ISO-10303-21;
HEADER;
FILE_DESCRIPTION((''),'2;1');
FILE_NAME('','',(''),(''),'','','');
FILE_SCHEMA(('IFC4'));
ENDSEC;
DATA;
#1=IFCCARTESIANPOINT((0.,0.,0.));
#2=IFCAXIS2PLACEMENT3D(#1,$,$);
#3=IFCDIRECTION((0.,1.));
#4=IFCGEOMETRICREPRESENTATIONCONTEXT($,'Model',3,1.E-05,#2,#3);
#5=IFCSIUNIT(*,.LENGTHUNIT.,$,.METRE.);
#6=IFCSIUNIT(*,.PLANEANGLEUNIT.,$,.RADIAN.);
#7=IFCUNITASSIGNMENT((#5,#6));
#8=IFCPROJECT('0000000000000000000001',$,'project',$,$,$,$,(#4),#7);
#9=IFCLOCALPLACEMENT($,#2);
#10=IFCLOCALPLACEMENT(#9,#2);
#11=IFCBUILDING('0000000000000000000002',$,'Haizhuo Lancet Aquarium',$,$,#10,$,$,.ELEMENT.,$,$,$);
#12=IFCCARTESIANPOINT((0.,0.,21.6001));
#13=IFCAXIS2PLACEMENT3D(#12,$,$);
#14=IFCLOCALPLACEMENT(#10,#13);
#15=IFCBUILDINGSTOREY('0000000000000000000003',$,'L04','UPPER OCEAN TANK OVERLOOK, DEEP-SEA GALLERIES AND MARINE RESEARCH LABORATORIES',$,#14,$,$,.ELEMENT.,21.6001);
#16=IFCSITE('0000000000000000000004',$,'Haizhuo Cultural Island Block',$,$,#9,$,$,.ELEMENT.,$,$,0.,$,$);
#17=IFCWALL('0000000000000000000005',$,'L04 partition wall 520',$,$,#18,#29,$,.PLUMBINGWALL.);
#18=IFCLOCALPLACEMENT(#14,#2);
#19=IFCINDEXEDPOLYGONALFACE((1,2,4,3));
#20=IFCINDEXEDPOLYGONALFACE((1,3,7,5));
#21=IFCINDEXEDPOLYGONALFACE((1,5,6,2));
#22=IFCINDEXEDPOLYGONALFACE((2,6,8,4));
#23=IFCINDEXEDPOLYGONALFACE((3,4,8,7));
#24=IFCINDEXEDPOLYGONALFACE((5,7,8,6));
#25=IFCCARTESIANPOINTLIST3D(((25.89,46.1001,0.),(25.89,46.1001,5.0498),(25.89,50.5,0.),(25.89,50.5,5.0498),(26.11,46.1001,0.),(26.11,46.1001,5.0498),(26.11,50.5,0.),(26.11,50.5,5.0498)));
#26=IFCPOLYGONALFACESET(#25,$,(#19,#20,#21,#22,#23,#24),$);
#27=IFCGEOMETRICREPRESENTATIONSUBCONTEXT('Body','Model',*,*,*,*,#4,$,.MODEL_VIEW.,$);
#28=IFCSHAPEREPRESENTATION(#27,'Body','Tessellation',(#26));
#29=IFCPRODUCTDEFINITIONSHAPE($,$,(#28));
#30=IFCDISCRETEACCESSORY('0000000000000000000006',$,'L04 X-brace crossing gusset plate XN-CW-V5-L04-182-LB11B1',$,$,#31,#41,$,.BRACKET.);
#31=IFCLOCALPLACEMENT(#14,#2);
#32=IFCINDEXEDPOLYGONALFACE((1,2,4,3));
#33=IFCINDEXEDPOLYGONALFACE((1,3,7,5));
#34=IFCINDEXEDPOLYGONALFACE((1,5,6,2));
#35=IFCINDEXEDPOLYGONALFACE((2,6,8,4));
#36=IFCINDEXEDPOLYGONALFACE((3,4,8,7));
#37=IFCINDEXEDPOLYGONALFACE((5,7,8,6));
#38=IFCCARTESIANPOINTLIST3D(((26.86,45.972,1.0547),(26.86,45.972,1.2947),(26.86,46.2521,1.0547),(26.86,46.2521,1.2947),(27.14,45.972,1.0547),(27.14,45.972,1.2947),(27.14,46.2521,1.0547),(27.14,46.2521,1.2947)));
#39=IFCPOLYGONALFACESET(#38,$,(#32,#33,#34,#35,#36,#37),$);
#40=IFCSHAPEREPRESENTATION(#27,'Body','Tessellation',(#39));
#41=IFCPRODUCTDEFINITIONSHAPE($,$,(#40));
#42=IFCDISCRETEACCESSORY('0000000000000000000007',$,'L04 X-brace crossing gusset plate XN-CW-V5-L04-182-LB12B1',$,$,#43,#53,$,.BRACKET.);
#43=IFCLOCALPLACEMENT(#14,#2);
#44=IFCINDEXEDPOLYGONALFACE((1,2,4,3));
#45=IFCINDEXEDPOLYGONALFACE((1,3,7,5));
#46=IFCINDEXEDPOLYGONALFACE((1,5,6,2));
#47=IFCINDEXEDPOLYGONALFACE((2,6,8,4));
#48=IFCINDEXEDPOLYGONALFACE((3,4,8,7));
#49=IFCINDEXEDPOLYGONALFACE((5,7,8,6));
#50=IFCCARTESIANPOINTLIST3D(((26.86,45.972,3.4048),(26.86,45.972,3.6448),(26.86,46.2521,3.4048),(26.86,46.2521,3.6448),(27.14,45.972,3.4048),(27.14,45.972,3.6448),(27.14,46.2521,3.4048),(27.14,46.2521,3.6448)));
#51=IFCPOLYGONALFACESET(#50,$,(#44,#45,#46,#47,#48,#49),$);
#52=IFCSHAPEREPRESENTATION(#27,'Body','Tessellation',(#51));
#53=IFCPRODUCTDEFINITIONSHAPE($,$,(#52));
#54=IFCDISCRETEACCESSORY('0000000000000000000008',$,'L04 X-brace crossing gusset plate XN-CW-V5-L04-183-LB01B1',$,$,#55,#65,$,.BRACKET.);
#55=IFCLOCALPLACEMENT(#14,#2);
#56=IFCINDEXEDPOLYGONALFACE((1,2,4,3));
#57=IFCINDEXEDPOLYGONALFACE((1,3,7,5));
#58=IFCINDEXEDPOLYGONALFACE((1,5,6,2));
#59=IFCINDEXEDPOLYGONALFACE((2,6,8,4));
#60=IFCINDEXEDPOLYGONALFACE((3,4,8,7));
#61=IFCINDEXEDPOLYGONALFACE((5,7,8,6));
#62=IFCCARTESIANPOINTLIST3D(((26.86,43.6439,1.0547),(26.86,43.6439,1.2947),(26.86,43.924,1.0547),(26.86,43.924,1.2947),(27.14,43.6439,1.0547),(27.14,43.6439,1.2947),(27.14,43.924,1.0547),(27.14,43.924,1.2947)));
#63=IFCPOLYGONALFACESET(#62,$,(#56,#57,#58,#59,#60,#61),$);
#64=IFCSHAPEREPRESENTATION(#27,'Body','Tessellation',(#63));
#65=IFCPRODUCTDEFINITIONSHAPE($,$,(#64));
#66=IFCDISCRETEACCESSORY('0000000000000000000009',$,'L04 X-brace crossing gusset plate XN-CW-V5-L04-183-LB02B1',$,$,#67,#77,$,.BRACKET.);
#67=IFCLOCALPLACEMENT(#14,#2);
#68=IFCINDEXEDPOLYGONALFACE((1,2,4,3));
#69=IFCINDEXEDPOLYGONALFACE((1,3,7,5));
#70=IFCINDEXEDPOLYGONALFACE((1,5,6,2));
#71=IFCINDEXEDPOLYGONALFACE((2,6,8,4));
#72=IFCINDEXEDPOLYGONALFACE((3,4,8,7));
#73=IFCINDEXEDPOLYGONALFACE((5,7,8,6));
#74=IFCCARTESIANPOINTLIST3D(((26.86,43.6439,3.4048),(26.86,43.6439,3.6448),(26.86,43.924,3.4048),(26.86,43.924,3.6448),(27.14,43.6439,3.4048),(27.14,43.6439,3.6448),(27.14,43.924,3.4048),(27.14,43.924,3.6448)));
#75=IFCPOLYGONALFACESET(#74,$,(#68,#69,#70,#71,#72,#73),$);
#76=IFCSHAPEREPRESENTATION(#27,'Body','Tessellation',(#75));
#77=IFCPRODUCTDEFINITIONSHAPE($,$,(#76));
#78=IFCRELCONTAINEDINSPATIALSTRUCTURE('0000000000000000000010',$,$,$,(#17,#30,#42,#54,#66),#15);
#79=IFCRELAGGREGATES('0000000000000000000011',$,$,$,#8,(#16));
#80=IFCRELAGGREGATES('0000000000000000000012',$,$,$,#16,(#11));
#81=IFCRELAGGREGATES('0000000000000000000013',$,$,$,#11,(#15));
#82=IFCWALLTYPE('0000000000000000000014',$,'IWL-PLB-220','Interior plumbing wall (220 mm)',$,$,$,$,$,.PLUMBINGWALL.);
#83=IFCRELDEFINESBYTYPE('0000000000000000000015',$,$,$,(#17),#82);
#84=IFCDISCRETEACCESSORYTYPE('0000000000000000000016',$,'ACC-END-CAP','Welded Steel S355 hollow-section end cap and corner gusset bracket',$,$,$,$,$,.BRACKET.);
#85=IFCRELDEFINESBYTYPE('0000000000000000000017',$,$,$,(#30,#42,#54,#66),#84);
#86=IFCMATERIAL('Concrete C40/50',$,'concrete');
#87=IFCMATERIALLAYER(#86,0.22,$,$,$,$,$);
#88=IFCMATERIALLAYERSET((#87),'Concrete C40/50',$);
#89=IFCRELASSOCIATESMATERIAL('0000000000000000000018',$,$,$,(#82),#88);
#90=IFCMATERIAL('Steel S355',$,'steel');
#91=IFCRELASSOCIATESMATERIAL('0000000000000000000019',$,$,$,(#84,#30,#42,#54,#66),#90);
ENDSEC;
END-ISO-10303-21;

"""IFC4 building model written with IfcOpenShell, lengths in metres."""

from ifc_helpers import new_model, si_unit, direction, frame, frame_2d, origin, origin_2d, place, context, subcontext, project, spatial, rectangle, extrude, material, layer, layer_set, type_object, element, save


model = new_model("IFC4")

# Units and contexts
model_context = context("Model", 3, precision=1e-05, world=origin(), true_north=direction((0.0, 1.0)))
body_context = subcontext(model_context, "Body", "Model", "MODEL_VIEW")
ifc_project = project(units=[si_unit("LENGTHUNIT", "METRE"), si_unit("PLANEANGLEUNIT", "RADIAN")], contexts=[model_context])

# Site, building, storey
site_placement = place(None, origin())
site = spatial("IfcSite", under=ifc_project, at=site_placement, Name="Haizhuo Cultural Island Block", CompositionType="ELEMENT", RefElevation=0.0)
building_placement = place(site_placement, origin())
building = spatial("IfcBuilding", under=site, at=building_placement, Name="Haizhuo Lancet Aquarium", CompositionType="ELEMENT")
storey_placement = place(building_placement, frame((0.0, 0.0, 21.6001)))
storey = spatial("IfcBuildingStorey", under=building, at=storey_placement, Name="L04", Description="UPPER OCEAN TANK OVERLOOK, DEEP-SEA GALLERIES AND MARINE RESEARCH LABORATORIES", CompositionType="ELEMENT", Elevation=21.6001)

# Shared definitions
ifc_material_1 = material(Name="Concrete C40/50", Category="concrete")

# Shared definitions
ifc_material_2 = material(Name="Steel S355", Category="steel")

# Wall
ifc_layer_1 = layer(ifc_material_1, 0.22)
ifc_layer_set_1 = layer_set([ifc_layer_1], Name="Concrete C40/50")
wall_type = type_object("IfcWallType", Name="IWL-PLB-220", Description="Interior plumbing wall (220 mm)", PredefinedType="PLUMBINGWALL", material=ifc_layer_set_1)
wall_placement = place(storey_placement, frame((26.0, 46.1001, 0.0), z_axis=(0.0, 0.0, 1.0), x_axis=(0.0, 1.0, 0.0)))
element("IfcWall", 1, at=wall_placement, inside=storey, type_object=wall_type, Name="L04 partition wall 520", PredefinedType="PLUMBINGWALL", context=body_context, shape_type="SweptSolid", body=[
    extrude(rectangle(XDim=4.3999, YDim=0.22, at=frame_2d((2.2, 0.0))), origin(), (0.0, 0.0, 1.0), 5.0498),
])

# Discrete accessories
discrete_accessory_type = type_object("IfcDiscreteAccessoryType", Name="ACC-END-CAP", Description="Welded Steel S355 hollow-section end cap and corner gusset bracket", PredefinedType="BRACKET", material=ifc_material_2)
for number, where, z_axis, x_axis, name in (
    (2, (27.0, 46.1121, 1.0547), (0.0, 0.0, 1.0), (1.0, 0.0, 0.0), "L04 X-brace crossing gusset plate XN-CW-V5-L04-182-LB11B1"),
    (3, (27.0, 46.1121, 3.4048), (0.0, 0.0, 1.0), (1.0, 0.0, 0.0), "L04 X-brace crossing gusset plate XN-CW-V5-L04-182-LB12B1"),
    (4, (27.0, 43.7839, 1.0547), (0.0, 0.0, 1.0), (1.0, 0.0, 0.0), "L04 X-brace crossing gusset plate XN-CW-V5-L04-183-LB01B1"),
    (5, (27.0, 43.7839, 3.4048), (0.0, 0.0, 1.0), (1.0, 0.0, 0.0), "L04 X-brace crossing gusset plate XN-CW-V5-L04-183-LB02B1"),
):
    element("IfcDiscreteAccessory", number, at=place(storey_placement, frame(where, z_axis=z_axis, x_axis=x_axis)), inside=storey, type_object=discrete_accessory_type, material=ifc_material_2, Name=name, PredefinedType="BRACKET", context=body_context, shape_type="SweptSolid", body=[
        extrude(rectangle(XDim=0.28, YDim=0.28, at=origin_2d()), origin(), (0.0, 0.0, 1.0), 0.24),
    ])

save(model, "model.ifc")
